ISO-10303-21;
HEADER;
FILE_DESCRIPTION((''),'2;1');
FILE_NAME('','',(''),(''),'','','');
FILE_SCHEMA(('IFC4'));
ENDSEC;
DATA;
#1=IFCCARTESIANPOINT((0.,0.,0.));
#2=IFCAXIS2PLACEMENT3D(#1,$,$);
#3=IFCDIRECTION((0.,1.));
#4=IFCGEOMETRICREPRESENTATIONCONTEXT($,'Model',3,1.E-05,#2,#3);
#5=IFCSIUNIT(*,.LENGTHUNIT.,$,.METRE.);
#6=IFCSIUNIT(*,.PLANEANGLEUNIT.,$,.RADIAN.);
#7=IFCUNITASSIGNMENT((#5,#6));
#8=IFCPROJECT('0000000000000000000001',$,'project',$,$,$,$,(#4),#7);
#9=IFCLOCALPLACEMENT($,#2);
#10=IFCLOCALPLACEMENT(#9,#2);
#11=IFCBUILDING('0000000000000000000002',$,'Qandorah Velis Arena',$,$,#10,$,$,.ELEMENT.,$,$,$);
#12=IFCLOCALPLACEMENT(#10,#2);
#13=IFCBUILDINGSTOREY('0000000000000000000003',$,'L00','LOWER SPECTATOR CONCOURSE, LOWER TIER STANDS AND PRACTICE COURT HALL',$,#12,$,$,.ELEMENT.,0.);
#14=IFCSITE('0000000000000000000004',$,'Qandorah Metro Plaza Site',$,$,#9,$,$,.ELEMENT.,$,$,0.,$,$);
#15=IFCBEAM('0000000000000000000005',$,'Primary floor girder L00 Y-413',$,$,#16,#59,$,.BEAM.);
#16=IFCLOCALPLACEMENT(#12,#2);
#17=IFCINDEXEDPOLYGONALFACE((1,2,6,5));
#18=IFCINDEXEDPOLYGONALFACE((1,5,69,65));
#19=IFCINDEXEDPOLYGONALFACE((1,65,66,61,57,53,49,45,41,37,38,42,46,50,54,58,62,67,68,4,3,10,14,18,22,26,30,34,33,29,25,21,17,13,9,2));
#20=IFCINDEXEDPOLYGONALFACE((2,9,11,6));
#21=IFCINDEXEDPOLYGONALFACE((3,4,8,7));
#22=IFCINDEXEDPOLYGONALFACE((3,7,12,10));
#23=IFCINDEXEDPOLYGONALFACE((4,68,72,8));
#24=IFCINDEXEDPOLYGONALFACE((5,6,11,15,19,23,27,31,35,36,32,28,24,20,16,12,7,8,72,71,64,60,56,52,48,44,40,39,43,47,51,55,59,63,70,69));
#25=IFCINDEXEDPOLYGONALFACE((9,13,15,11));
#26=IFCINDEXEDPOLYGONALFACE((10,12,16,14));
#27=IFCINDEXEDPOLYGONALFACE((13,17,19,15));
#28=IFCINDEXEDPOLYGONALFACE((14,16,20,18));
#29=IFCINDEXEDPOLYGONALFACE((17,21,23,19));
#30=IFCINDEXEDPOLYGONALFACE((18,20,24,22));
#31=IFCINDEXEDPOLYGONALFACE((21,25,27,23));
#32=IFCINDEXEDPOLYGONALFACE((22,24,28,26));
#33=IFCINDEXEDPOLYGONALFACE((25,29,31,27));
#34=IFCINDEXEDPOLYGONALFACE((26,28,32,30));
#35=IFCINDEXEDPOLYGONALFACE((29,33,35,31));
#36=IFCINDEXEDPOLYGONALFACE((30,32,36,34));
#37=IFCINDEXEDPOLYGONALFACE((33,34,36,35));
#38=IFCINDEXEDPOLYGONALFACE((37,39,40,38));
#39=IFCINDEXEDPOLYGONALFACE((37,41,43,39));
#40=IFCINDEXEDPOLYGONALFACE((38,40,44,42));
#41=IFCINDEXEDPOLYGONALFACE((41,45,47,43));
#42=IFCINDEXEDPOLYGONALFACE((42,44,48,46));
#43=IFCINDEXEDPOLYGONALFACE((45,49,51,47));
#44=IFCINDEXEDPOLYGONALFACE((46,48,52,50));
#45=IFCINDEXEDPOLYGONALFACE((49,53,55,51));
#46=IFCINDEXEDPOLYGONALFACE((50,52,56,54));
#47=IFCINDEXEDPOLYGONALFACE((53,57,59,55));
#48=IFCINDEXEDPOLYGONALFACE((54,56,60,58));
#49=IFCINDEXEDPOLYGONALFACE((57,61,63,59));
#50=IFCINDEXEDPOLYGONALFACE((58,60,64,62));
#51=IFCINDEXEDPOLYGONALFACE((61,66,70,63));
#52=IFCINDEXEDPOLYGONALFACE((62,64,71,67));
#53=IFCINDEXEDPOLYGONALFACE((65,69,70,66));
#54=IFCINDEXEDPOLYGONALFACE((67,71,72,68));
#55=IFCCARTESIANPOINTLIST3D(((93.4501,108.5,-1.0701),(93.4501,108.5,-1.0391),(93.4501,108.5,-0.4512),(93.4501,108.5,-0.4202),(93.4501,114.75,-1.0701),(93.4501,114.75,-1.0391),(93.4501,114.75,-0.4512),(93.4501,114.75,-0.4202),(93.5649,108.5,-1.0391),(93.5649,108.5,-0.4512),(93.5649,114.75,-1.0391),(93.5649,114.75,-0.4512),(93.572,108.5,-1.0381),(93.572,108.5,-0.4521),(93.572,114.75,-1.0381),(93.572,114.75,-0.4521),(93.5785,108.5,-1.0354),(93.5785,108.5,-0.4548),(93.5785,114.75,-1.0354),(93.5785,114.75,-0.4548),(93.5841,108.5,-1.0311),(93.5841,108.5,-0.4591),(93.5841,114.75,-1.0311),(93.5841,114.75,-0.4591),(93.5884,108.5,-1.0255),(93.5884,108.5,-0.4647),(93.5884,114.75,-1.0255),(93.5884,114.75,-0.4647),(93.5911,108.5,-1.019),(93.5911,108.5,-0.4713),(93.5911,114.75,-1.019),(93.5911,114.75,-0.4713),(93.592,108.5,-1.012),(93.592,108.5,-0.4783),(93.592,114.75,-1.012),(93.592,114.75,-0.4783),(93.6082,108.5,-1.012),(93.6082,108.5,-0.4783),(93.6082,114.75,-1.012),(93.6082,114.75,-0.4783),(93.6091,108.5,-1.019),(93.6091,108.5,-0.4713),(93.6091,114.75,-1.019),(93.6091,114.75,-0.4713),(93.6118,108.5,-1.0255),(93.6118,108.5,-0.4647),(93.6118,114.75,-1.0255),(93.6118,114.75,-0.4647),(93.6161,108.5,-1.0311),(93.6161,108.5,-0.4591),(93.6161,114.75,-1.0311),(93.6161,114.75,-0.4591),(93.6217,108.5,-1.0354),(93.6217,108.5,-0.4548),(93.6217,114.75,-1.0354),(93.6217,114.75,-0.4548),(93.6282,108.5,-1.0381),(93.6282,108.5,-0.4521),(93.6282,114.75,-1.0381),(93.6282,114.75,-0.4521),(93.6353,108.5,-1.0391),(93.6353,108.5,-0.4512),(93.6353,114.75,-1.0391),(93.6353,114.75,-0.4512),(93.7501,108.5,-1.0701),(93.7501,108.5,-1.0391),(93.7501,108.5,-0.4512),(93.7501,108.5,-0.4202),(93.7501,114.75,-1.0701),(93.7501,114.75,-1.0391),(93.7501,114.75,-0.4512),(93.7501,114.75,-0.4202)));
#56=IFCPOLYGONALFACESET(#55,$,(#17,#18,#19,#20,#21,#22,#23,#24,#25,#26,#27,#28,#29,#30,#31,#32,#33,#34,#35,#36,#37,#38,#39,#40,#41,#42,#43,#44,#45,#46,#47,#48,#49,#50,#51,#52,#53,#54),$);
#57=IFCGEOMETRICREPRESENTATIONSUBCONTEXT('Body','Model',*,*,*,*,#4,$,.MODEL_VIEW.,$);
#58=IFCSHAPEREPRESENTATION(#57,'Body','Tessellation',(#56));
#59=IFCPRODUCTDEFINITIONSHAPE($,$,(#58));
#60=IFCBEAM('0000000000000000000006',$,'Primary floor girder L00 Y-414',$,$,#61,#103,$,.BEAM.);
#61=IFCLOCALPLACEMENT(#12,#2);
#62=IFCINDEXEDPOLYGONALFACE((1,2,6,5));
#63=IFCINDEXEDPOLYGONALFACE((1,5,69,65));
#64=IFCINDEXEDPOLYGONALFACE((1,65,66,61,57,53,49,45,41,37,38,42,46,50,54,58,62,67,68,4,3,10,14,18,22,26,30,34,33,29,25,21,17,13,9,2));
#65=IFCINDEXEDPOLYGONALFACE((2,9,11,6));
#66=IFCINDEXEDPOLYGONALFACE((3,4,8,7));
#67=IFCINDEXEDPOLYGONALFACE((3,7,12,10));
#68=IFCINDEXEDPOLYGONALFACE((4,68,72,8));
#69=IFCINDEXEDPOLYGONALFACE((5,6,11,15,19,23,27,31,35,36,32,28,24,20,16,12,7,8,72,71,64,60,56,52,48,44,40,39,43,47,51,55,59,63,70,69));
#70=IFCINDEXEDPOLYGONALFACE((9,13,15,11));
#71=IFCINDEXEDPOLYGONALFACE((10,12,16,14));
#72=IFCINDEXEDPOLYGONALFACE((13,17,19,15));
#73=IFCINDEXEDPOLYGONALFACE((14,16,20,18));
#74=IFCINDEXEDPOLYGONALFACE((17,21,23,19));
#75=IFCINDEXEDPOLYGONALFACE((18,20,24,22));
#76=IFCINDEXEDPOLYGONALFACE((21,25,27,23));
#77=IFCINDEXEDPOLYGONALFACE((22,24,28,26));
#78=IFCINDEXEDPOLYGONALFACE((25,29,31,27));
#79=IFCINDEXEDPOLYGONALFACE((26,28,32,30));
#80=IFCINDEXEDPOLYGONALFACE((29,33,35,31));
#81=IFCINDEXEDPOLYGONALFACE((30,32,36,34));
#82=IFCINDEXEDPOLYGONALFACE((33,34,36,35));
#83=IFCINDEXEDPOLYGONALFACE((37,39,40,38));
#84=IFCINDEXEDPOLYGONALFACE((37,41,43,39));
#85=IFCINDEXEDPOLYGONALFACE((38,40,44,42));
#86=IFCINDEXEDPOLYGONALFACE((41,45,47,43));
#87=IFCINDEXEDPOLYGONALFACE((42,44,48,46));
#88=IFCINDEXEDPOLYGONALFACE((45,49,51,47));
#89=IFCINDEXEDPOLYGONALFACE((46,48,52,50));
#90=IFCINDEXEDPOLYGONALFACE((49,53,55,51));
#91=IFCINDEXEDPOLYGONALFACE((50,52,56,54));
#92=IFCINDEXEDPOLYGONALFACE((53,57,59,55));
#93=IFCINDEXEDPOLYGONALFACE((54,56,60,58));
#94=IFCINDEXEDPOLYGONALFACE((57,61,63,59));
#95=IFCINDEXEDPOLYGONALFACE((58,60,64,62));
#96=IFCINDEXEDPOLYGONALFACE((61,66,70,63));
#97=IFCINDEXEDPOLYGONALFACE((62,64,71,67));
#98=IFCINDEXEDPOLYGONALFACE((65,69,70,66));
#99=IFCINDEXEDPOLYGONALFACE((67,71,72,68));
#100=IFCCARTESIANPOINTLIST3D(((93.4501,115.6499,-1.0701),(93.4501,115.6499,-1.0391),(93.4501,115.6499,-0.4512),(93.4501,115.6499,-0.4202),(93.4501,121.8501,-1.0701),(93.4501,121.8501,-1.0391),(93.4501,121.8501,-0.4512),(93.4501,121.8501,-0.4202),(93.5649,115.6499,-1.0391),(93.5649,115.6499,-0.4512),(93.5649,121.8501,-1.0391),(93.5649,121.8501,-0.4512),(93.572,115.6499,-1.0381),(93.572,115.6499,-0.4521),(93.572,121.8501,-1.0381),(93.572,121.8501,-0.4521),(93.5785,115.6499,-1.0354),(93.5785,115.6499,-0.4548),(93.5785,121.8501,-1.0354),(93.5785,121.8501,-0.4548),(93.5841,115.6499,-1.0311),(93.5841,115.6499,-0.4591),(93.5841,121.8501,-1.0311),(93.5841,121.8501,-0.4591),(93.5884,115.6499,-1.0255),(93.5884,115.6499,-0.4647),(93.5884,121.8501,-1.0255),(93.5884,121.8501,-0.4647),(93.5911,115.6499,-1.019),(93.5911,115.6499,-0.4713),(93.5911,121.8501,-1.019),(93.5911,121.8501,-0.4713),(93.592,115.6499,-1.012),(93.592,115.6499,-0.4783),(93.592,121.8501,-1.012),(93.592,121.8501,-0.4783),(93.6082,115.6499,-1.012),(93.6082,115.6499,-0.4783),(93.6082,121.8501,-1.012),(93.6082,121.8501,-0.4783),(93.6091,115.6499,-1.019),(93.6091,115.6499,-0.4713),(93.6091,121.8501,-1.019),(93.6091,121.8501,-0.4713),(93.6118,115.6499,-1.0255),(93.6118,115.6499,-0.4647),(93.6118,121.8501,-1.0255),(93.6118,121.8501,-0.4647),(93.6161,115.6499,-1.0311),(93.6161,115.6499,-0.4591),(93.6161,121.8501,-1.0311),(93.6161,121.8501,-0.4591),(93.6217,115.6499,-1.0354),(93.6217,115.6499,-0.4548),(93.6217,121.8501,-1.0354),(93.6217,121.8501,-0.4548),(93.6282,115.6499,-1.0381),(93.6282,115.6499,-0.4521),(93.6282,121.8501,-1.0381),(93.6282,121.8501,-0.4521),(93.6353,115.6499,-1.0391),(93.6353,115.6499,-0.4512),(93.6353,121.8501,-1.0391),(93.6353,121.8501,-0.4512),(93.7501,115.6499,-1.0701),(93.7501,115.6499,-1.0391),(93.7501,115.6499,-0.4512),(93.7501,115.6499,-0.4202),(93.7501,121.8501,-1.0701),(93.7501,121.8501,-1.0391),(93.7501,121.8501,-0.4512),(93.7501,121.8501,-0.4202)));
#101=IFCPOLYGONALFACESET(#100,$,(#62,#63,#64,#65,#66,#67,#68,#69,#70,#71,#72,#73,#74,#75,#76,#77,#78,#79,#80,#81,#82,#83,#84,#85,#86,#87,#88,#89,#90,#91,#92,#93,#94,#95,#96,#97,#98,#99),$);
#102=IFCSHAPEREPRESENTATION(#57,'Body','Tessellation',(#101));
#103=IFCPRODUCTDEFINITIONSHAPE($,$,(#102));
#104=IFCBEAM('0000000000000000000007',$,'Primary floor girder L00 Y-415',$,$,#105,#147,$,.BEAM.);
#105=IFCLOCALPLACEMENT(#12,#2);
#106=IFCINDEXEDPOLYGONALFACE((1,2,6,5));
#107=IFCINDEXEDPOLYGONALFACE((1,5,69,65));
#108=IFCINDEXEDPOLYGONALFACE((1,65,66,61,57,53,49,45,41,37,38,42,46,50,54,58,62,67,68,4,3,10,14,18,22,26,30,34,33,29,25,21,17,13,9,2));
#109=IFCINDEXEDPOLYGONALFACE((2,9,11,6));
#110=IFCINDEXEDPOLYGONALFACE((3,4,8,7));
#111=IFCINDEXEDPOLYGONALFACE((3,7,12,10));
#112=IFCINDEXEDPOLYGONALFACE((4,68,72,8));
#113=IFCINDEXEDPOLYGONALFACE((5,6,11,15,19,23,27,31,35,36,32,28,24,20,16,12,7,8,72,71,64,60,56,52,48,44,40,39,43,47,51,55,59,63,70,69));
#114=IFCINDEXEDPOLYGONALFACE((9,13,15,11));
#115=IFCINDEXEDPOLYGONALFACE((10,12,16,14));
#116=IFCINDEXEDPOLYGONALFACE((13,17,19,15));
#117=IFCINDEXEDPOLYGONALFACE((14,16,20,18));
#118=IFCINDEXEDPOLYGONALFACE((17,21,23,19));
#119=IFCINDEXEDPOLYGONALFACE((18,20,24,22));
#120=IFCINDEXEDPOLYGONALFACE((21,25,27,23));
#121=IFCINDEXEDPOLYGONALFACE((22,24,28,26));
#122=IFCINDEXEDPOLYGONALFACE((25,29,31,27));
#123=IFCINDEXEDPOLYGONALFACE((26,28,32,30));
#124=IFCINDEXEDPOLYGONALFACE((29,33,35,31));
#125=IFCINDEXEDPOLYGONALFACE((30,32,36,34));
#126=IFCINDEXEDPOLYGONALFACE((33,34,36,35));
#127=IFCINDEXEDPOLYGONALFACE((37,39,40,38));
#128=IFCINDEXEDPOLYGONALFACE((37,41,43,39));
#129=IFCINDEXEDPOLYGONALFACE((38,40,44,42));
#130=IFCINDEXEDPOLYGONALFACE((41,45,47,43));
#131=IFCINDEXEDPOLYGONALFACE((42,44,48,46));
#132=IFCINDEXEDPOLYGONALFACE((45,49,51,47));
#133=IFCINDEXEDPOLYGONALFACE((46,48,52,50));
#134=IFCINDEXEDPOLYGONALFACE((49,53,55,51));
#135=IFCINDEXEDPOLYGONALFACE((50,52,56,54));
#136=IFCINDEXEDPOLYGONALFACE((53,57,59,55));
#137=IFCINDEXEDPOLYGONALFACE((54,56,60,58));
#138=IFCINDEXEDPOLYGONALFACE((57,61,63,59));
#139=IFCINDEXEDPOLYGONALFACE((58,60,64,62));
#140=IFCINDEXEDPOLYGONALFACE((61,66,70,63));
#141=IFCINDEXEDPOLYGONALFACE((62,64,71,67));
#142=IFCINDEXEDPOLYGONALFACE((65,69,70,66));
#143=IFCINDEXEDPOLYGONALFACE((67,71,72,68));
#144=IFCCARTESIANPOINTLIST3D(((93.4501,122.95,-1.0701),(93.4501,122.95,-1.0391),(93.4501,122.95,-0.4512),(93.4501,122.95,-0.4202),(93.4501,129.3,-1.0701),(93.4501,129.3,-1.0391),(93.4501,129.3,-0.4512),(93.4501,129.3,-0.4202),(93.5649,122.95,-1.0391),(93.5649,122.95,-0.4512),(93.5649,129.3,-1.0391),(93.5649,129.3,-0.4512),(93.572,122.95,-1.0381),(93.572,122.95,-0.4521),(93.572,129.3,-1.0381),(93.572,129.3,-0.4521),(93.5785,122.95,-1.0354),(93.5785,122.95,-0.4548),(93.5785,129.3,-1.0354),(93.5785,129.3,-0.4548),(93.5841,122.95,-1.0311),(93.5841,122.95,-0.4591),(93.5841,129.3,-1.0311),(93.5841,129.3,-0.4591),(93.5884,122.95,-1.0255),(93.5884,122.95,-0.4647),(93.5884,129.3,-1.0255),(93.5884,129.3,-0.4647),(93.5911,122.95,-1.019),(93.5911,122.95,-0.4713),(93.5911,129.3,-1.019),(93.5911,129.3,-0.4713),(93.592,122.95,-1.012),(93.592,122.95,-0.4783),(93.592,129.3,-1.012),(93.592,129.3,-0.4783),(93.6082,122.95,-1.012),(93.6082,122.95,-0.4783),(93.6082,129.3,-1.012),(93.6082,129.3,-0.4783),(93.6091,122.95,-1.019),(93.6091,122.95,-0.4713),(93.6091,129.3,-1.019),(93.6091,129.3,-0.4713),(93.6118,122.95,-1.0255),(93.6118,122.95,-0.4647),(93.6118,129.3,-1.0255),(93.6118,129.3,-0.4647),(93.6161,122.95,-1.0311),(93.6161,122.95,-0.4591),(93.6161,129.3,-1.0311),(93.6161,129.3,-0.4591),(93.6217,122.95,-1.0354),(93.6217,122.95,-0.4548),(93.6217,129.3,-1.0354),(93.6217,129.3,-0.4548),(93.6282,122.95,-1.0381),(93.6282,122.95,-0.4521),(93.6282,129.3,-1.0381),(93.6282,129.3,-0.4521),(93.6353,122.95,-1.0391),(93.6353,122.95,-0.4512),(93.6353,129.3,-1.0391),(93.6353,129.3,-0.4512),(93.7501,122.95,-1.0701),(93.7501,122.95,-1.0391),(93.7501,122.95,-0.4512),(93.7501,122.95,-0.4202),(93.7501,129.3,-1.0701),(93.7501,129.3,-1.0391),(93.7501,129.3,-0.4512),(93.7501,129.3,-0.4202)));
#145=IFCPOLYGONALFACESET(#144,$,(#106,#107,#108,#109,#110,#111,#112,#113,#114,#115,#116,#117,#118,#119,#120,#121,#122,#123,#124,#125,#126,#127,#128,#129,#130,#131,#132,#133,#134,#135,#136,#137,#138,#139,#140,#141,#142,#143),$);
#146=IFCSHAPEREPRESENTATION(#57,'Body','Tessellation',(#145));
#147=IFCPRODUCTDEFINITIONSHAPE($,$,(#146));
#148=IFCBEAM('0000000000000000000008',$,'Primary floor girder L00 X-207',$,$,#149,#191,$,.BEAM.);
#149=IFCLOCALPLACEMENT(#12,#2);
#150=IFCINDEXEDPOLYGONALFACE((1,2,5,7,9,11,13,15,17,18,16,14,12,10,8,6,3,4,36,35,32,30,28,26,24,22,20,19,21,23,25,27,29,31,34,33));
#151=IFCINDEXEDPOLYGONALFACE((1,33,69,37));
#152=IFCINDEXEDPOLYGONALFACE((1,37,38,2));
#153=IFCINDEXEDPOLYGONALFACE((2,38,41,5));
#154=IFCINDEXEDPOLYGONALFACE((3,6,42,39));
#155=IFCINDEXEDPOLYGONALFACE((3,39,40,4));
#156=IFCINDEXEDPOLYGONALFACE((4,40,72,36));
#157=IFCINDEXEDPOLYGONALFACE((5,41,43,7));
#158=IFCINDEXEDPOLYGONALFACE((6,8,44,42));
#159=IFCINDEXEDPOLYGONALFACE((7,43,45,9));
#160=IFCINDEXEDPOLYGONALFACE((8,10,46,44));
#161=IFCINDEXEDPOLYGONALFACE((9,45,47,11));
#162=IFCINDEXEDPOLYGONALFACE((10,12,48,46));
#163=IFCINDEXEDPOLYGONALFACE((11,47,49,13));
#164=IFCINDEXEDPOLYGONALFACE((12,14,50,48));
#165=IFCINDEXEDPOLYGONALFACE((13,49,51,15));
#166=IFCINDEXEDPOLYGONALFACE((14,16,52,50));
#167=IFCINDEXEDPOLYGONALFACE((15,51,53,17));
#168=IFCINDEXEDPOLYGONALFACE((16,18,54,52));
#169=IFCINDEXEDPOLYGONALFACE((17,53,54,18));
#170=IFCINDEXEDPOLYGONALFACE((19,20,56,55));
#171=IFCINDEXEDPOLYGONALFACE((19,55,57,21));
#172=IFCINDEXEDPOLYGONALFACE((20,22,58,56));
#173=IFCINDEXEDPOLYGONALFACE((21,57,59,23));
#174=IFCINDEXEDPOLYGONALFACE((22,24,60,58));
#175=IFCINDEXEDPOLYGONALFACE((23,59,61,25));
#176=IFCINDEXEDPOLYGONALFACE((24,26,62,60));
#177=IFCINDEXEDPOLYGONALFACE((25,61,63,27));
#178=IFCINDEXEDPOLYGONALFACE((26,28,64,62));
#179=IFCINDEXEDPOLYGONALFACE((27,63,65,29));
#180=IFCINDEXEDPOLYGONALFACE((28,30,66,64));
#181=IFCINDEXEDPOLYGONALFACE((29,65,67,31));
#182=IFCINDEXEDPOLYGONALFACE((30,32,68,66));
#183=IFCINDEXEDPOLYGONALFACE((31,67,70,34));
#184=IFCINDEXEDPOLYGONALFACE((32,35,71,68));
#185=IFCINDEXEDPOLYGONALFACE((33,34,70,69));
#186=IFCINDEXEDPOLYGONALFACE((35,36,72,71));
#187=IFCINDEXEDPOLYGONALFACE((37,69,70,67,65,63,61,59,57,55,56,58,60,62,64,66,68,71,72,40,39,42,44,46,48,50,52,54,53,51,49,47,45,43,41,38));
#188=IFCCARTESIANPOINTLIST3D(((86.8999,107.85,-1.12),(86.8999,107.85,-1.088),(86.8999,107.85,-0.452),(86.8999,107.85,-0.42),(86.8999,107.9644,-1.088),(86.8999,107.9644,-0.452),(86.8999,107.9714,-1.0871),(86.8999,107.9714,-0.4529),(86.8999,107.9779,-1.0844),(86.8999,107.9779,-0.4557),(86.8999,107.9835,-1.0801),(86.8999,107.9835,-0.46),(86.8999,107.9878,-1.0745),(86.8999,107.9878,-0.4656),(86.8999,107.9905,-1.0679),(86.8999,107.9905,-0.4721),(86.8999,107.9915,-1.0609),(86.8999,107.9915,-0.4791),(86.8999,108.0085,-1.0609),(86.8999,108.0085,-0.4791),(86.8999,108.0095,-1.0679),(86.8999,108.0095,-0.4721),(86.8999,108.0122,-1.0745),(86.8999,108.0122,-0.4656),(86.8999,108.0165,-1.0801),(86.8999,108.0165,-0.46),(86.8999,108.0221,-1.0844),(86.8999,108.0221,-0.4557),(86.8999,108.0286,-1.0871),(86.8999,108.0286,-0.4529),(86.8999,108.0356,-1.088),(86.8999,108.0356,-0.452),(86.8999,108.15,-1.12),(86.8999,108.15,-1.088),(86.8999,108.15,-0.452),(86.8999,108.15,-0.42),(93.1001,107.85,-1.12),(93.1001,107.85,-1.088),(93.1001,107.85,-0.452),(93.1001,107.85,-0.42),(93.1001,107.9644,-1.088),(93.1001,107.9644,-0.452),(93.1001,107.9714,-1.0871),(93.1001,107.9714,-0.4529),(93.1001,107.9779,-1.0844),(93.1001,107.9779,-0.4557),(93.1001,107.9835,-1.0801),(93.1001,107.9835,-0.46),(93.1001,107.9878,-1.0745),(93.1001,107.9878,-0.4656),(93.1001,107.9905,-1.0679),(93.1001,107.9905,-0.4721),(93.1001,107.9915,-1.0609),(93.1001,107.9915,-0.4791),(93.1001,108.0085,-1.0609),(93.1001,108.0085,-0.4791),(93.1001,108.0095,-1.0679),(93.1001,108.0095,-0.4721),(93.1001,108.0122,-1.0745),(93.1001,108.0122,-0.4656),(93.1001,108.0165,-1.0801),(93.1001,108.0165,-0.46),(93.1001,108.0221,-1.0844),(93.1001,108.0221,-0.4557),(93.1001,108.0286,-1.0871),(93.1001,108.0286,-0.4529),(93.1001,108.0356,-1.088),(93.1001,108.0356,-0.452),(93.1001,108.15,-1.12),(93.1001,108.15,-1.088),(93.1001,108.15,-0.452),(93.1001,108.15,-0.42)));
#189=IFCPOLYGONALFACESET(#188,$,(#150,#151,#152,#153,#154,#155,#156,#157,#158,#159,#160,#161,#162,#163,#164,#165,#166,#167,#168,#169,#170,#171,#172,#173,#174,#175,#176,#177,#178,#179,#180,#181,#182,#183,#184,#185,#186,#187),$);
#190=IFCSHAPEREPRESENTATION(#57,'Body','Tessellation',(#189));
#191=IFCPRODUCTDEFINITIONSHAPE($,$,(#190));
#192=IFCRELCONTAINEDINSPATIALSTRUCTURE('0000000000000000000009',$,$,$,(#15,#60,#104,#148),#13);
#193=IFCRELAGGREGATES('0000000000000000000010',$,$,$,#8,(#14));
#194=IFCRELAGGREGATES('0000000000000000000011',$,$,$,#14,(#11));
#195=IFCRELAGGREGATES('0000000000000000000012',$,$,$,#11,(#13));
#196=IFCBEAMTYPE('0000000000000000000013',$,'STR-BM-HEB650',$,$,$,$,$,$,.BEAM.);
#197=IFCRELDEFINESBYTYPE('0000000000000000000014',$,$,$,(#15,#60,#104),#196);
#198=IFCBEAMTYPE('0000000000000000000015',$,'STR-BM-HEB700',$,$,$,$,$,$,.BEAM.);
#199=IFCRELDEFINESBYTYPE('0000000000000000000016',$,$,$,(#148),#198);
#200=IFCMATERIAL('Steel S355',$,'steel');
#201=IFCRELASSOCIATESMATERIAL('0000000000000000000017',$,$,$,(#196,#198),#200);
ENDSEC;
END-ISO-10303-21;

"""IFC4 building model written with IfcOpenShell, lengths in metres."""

from ifc_helpers import new_model, si_unit, direction, frame, origin, origin_2d, place, context, subcontext, project, spatial, i_section, extrude, material, material_profile, profile_set, type_object, element, save


model = new_model("IFC4")

# Units and contexts
model_context = context("Model", 3, precision=1e-05, world=origin(), true_north=direction((0.0, 1.0)))
body_context = subcontext(model_context, "Body", "Model", "MODEL_VIEW")
ifc_project = project(units=[si_unit("LENGTHUNIT", "METRE"), si_unit("PLANEANGLEUNIT", "RADIAN")], contexts=[model_context])

# Site, building, storey
site_placement = place(None, origin())
site = spatial("IfcSite", under=ifc_project, at=site_placement, Name="Qandorah Metro Plaza Site", CompositionType="ELEMENT", RefElevation=0.0)
building_placement = place(site_placement, origin())
building = spatial("IfcBuilding", under=site, at=building_placement, Name="Qandorah Velis Arena", CompositionType="ELEMENT")
storey_placement = place(building_placement, origin())
storey = spatial("IfcBuildingStorey", under=building, at=storey_placement, Name="L00", Description="LOWER SPECTATOR CONCOURSE, LOWER TIER STANDS AND PRACTICE COURT HALL", CompositionType="ELEMENT", Elevation=0.0)

# Beams
ifc_material_1 = material(Name="Steel S355", Category="steel")
ifc_material_profile_1 = material_profile(ifc_material_1, i_section(OverallWidth=0.3, OverallDepth=0.6499, WebThickness=0.0161, FlangeThickness=0.031, FilletRadius=0.0271, at=origin_2d()), Name="HEB 650")
ifc_profile_set_1 = profile_set([ifc_material_profile_1], Name="Steel S355")
beam_type_1 = type_object("IfcBeamType", Name="STR-BM-HEB650", PredefinedType="BEAM", material=ifc_profile_set_1)
beam_1_placement = place(storey_placement, frame((93.6001, 108.5, -0.7451), z_axis=(0.0, 1.0, 0.0), x_axis=(-1.0, 0.0, 0.0)))
element("IfcBeam", 1, at=beam_1_placement, inside=storey, type_object=beam_type_1, Name="Primary floor girder L00 Y-413", PredefinedType="BEAM", context=body_context, shape_type="SweptSolid", body=[
    extrude(i_section(OverallWidth=0.3, OverallDepth=0.6499, WebThickness=0.0161, FlangeThickness=0.031, FilletRadius=0.0271, at=origin_2d()), origin(), (0.0, 0.0, 1.0), 6.25),
])
beam_2_placement = place(storey_placement, frame((93.6001, 115.6499, -0.7451), z_axis=(0.0, 1.0, 0.0), x_axis=(-1.0, 0.0, 0.0)))
element("IfcBeam", 2, at=beam_2_placement, inside=storey, type_object=beam_type_1, Name="Primary floor girder L00 Y-414", PredefinedType="BEAM", context=body_context, shape_type="SweptSolid", body=[
    extrude(i_section(OverallWidth=0.3, OverallDepth=0.6499, WebThickness=0.0161, FlangeThickness=0.031, FilletRadius=0.0271, at=origin_2d()), origin(), (0.0, 0.0, 1.0), 6.2002),
])
beam_3_placement = place(storey_placement, frame((93.6001, 122.95, -0.7451), z_axis=(0.0, 1.0, 0.0), x_axis=(-1.0, 0.0, 0.0)))
element("IfcBeam", 3, at=beam_3_placement, inside=storey, type_object=beam_type_1, Name="Primary floor girder L00 Y-415", PredefinedType="BEAM", context=body_context, shape_type="SweptSolid", body=[
    extrude(i_section(OverallWidth=0.3, OverallDepth=0.6499, WebThickness=0.0161, FlangeThickness=0.031, FilletRadius=0.0271, at=origin_2d()), origin(), (0.0, 0.0, 1.0), 6.3501),
])
ifc_material_profile_2 = material_profile(ifc_material_1, i_section(OverallWidth=0.3, OverallDepth=0.7, WebThickness=0.0171, FlangeThickness=0.032, FilletRadius=0.0271, at=origin_2d()), Name="HEB 700")
ifc_profile_set_2 = profile_set([ifc_material_profile_2], Name="Steel S355")
beam_type_2 = type_object("IfcBeamType", Name="STR-BM-HEB700", PredefinedType="BEAM", material=ifc_profile_set_2)
beam_4_placement = place(storey_placement, frame((86.8999, 108.0, -0.77), z_axis=(1.0, 0.0, 0.0), x_axis=(0.0, 1.0, 0.0)))
element("IfcBeam", 4, at=beam_4_placement, inside=storey, type_object=beam_type_2, Name="Primary floor girder L00 X-207", PredefinedType="BEAM", context=body_context, shape_type="SweptSolid", body=[
    extrude(i_section(OverallWidth=0.3, OverallDepth=0.7, WebThickness=0.0171, FlangeThickness=0.032, FilletRadius=0.0271, at=origin_2d()), origin(), (0.0, 0.0, 1.0), 6.2002),
])

save(model, "model.ifc")
